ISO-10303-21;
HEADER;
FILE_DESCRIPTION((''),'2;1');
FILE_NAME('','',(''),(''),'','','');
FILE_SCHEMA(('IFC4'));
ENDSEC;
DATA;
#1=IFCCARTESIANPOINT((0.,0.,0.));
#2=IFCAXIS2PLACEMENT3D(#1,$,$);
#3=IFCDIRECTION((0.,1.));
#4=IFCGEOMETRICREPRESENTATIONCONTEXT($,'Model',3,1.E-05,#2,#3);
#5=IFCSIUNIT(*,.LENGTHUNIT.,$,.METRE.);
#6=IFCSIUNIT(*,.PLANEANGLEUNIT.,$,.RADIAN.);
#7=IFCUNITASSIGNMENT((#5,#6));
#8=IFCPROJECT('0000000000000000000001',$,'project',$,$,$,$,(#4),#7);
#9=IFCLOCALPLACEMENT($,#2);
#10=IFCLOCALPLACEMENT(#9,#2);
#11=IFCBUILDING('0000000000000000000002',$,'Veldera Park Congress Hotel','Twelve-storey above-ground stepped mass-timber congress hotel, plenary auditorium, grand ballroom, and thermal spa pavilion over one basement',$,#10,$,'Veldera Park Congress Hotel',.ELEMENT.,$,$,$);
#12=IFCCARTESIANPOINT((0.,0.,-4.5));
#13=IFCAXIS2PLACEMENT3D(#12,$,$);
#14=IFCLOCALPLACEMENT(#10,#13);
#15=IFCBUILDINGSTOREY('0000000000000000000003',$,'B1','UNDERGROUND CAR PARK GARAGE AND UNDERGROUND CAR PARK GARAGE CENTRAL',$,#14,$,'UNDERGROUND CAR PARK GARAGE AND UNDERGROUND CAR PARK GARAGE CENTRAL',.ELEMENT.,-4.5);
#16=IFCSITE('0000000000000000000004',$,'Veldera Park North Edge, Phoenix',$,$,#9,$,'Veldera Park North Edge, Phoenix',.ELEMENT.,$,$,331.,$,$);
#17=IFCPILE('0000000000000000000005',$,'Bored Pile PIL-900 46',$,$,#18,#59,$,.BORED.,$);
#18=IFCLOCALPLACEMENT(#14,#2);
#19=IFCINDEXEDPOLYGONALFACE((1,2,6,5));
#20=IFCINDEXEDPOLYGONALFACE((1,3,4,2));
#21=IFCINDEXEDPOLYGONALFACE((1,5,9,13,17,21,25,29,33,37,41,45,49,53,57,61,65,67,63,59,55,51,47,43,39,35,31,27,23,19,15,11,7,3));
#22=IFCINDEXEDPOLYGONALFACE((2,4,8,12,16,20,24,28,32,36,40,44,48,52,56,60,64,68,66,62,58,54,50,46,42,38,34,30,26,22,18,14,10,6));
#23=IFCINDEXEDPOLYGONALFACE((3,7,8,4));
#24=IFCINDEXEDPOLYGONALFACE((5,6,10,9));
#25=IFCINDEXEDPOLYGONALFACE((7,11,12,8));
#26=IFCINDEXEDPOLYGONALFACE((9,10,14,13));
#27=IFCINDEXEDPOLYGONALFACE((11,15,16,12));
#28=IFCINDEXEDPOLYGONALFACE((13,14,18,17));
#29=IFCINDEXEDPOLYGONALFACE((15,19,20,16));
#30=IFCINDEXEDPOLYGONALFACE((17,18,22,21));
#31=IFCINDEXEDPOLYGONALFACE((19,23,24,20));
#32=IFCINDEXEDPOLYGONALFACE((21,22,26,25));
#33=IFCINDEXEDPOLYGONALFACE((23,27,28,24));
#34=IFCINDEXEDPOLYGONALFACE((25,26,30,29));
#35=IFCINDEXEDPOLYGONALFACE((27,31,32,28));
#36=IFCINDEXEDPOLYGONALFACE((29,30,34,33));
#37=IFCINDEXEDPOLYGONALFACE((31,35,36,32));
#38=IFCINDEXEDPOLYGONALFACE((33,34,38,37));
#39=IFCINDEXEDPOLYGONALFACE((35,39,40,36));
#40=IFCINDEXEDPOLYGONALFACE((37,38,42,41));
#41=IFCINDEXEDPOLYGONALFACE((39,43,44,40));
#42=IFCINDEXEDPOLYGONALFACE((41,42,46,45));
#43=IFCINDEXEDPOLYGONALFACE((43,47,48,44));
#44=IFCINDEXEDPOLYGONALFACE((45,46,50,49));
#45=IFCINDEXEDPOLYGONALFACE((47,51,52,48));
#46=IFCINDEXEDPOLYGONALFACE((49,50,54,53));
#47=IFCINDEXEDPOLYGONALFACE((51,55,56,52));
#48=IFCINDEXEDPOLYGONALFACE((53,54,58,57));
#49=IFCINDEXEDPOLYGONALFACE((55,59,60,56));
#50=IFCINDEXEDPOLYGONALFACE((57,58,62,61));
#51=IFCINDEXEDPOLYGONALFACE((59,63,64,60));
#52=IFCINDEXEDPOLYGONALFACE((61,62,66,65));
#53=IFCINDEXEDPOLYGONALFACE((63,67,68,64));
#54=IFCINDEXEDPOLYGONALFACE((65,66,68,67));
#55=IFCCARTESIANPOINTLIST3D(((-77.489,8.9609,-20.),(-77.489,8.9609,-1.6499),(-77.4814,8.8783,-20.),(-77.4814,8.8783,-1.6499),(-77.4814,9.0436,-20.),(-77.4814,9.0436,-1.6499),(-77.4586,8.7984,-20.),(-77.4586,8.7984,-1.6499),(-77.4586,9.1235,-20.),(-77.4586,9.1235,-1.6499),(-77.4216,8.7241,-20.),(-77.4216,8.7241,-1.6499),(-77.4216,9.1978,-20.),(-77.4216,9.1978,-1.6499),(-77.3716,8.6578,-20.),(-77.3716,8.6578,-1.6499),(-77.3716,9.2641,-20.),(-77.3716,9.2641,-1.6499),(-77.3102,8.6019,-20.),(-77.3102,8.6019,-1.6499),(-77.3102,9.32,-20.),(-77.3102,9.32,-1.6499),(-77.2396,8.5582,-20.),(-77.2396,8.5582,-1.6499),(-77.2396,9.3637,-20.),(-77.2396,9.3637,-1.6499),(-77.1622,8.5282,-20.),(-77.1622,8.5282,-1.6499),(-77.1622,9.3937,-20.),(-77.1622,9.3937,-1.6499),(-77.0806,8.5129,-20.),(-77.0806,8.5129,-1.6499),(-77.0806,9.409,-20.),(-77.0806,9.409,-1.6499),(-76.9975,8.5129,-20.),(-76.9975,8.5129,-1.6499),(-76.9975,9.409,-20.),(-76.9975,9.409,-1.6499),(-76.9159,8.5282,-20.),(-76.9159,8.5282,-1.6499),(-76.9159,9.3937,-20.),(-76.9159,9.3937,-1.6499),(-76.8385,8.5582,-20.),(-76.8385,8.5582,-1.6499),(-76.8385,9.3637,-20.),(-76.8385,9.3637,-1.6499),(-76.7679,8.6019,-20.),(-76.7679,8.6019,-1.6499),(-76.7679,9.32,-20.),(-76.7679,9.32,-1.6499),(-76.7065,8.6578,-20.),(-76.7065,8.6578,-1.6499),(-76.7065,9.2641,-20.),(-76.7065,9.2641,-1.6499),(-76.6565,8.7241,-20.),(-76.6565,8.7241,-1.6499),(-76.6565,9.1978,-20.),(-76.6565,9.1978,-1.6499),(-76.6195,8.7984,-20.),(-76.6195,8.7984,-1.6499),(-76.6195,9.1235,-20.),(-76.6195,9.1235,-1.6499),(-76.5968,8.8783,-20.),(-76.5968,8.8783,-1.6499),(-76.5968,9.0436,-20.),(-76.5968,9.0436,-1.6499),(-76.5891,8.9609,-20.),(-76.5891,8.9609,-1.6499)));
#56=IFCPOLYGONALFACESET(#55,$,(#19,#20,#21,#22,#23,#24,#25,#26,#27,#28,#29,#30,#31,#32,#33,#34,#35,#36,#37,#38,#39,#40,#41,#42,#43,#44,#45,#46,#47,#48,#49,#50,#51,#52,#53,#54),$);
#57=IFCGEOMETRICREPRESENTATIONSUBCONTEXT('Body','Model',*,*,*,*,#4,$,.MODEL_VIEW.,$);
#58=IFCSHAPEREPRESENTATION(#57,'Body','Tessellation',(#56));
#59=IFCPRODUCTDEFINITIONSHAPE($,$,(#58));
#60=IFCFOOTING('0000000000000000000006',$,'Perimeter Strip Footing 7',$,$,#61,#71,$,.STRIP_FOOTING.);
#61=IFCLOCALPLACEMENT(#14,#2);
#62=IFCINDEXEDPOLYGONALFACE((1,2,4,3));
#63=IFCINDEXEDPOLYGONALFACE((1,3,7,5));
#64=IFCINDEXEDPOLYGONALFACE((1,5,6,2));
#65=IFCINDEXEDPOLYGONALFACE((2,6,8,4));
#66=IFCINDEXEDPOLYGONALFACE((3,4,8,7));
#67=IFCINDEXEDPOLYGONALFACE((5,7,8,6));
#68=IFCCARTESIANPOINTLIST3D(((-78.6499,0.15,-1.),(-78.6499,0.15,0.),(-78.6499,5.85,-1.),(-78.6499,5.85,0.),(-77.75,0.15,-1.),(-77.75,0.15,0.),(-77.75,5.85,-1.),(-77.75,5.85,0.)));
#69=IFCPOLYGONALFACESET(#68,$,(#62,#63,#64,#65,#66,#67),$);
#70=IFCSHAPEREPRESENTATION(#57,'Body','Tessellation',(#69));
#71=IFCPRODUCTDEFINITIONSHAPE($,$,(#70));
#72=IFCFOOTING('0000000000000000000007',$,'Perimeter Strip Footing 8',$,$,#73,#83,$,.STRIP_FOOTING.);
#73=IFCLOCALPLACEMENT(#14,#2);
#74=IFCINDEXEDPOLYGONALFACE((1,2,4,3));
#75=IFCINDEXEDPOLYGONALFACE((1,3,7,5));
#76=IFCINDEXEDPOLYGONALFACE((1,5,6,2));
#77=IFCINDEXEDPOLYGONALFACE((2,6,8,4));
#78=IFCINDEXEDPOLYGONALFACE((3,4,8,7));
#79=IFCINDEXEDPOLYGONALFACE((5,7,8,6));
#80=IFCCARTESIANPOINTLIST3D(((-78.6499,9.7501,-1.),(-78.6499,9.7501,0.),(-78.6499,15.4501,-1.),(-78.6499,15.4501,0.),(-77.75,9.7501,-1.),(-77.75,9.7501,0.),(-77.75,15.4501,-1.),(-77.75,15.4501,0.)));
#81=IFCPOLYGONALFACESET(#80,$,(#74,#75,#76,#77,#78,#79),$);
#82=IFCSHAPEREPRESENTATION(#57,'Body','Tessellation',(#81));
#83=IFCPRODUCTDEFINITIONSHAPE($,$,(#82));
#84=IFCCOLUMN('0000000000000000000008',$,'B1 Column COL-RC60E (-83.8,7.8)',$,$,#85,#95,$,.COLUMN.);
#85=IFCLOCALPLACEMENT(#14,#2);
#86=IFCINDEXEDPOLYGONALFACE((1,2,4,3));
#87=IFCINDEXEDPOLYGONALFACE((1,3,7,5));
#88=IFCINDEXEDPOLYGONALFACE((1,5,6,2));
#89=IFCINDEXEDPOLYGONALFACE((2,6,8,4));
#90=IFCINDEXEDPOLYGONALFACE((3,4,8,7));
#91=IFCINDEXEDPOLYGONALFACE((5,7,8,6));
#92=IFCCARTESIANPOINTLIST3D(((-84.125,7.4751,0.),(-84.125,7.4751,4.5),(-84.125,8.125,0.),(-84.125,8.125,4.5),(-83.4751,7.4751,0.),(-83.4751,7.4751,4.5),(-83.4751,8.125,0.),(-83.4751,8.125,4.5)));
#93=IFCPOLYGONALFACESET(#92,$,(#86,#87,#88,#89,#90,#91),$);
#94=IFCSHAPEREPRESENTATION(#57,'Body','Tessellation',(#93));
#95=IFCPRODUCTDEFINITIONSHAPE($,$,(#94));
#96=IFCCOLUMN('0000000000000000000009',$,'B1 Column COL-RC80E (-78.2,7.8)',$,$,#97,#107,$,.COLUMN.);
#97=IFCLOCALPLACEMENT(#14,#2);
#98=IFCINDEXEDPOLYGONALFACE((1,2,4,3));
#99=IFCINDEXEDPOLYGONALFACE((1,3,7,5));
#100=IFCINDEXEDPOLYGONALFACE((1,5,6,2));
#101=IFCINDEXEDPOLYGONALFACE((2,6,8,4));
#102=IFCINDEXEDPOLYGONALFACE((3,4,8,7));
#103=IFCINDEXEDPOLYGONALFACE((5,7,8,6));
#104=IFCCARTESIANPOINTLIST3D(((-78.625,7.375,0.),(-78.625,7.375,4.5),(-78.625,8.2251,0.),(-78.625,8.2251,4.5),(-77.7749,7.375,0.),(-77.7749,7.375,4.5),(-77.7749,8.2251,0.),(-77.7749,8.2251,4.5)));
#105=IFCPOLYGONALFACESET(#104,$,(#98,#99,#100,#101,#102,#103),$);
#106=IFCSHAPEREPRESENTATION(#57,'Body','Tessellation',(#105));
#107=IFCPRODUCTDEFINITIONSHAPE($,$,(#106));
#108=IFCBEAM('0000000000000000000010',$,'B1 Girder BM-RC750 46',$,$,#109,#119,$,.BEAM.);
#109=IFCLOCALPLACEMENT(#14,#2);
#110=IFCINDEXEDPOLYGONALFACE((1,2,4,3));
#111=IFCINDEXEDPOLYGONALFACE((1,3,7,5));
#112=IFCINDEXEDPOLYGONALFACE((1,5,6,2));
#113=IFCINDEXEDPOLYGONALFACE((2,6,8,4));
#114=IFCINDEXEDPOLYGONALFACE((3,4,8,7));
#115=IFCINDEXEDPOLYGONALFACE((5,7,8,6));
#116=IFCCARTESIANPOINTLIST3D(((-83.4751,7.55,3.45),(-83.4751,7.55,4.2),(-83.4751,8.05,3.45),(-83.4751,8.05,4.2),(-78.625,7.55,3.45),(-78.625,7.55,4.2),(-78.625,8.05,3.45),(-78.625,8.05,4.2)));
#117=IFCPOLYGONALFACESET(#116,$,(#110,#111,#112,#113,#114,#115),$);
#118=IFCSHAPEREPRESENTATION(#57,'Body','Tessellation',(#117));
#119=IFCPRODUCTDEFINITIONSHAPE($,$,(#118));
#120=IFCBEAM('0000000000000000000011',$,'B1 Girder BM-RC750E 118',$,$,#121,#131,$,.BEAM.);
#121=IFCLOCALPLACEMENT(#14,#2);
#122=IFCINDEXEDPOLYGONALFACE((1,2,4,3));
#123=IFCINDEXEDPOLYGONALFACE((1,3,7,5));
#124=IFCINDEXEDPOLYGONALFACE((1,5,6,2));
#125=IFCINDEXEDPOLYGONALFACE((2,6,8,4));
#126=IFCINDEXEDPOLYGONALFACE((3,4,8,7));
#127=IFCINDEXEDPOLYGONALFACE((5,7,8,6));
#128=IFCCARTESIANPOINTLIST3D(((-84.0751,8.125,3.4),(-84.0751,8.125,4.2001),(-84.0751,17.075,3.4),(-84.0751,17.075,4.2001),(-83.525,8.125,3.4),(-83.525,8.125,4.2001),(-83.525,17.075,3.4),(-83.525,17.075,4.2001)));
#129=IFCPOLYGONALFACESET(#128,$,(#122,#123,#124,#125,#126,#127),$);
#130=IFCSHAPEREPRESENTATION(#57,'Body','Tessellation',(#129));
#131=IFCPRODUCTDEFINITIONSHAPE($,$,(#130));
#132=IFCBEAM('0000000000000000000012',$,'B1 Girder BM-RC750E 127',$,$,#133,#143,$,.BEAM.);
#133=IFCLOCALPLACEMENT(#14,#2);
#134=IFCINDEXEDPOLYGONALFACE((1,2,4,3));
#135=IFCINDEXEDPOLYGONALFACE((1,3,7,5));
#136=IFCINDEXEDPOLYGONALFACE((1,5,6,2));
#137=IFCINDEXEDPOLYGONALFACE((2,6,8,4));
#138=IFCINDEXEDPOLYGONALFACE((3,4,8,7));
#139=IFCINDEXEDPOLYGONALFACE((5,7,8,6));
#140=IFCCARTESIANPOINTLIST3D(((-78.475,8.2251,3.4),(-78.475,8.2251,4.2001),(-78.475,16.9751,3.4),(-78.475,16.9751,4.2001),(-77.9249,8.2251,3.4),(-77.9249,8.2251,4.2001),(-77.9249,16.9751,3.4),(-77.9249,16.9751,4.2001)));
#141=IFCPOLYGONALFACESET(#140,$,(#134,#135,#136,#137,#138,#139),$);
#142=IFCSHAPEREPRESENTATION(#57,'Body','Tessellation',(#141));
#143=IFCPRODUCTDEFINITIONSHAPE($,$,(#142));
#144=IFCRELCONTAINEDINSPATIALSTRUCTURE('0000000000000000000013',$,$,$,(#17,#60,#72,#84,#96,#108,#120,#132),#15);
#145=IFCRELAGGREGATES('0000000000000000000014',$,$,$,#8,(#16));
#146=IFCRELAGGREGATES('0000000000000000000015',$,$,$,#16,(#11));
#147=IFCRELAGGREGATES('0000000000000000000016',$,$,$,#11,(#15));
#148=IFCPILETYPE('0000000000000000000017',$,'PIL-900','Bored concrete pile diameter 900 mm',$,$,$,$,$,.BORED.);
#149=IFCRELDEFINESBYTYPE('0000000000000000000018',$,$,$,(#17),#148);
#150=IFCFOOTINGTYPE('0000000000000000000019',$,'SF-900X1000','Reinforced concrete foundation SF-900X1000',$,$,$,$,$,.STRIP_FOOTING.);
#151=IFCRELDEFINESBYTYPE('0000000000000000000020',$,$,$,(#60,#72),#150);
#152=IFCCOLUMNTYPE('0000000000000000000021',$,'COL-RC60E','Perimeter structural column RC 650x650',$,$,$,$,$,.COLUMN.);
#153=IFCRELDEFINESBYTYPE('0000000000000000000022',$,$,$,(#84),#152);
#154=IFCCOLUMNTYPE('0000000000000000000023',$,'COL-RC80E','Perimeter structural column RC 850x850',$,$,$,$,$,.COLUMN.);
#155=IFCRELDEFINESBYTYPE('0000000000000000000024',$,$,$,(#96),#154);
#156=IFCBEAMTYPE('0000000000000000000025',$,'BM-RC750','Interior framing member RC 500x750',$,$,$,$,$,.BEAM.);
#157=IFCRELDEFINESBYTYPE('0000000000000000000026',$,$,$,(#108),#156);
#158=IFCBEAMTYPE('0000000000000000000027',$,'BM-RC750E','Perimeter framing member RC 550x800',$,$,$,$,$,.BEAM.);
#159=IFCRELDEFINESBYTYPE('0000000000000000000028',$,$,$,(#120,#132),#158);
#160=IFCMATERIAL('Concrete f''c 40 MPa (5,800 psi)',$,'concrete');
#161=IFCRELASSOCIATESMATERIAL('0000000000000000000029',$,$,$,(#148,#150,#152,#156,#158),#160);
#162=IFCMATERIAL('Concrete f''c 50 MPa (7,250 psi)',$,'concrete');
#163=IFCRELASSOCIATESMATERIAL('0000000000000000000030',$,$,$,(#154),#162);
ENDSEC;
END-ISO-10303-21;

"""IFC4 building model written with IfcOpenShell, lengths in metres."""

from ifc_helpers import new_model, si_unit, direction, frame, origin, origin_2d, place, context, subcontext, project, spatial, rectangle, circle, extrude, material, material_profile, profile_set, type_object, element, save


model = new_model("IFC4")

# Units and contexts
model_context = context("Model", 3, precision=1e-05, world=origin(), true_north=direction((0.0, 1.0)))
body_context = subcontext(model_context, "Body", "Model", "MODEL_VIEW")
ifc_project = project(units=[si_unit("LENGTHUNIT", "METRE"), si_unit("PLANEANGLEUNIT", "RADIAN")], contexts=[model_context])

# Site, building, storey
site_placement = place(None, origin())
site = spatial("IfcSite", under=ifc_project, at=site_placement, Name="Veldera Park North Edge, Phoenix", LongName="Veldera Park North Edge, Phoenix", CompositionType="ELEMENT", RefElevation=331.0)
building_placement = place(site_placement, origin())
building = spatial("IfcBuilding", under=site, at=building_placement, Name="Veldera Park Congress Hotel", Description="Twelve-storey above-ground stepped mass-timber congress hotel, plenary auditorium, grand ballroom, and thermal spa pavilion over one basement", LongName="Veldera Park Congress Hotel", CompositionType="ELEMENT")
storey_placement = place(building_placement, frame((0.0, 0.0, -4.5)))
storey = spatial("IfcBuildingStorey", under=building, at=storey_placement, Name="B1", Description="UNDERGROUND CAR PARK GARAGE AND UNDERGROUND CAR PARK GARAGE CENTRAL", LongName="UNDERGROUND CAR PARK GARAGE AND UNDERGROUND CAR PARK GARAGE CENTRAL", CompositionType="ELEMENT", Elevation=-4.5)

# Shared definitions
ifc_material_1 = material(Name="Concrete f'c 40 MPa (5,800 psi)", Category="concrete")

# Pile
ifc_material_profile_1 = material_profile(ifc_material_1, circle(Radius=0.45, at=origin_2d()), Name="PILE D900")
ifc_profile_set_1 = profile_set([ifc_material_profile_1], Name="Concrete f'c 40 MPa (5,800 psi)")
pile_type_1 = type_object("IfcPileType", Name="PIL-900", Description="Bored concrete pile diameter 900 mm", PredefinedType="BORED", material=ifc_profile_set_1)
for number, where, z_axis, x_axis, name in (
    (1, (-77.0391, 8.9609, -1.6499), (0.0, 0.0, -1.0), (1.0, 0.0, 0.0), "Bored Pile PIL-900 46"),
):
    element("IfcPile", number, at=place(storey_placement, frame(where, z_axis=z_axis, x_axis=x_axis)), inside=storey, type_object=pile_type_1, Name=name, PredefinedType="BORED", context=body_context, shape_type="SweptSolid", body=[
        extrude(circle(Radius=0.45, at=origin_2d()), origin(), (0.0, 0.0, 1.0), 18.3501),
    ])

# Footings
footing_type_1 = type_object("IfcFootingType", Name="SF-900X1000", Description="Reinforced concrete foundation SF-900X1000", PredefinedType="STRIP_FOOTING", material=ifc_material_1)
for number, where, z_axis, x_axis, name in (
    (2, (-78.2, 3.0, -1.0), (0.0, 0.0, 1.0), (0.0, 1.0, 0.0), "Perimeter Strip Footing 7"),
    (3, (-78.2, 12.6001, -1.0), (0.0, 0.0, 1.0), (0.0, 1.0, 0.0), "Perimeter Strip Footing 8"),
):
    element("IfcFooting", number, at=place(storey_placement, frame(where, z_axis=z_axis, x_axis=x_axis)), inside=storey, type_object=footing_type_1, Name=name, PredefinedType="STRIP_FOOTING", context=body_context, shape_type="SweptSolid", body=[
        extrude(rectangle(XDim=5.7, YDim=0.8999, at=origin_2d()), origin(), (0.0, 0.0, 1.0), 1.0),
    ])

# Columns
ifc_material_profile_2 = material_profile(ifc_material_1, rectangle(XDim=0.6499, YDim=0.6499, at=origin_2d()), Name="RC 650x650")
ifc_profile_set_2 = profile_set([ifc_material_profile_2], Name="Concrete f'c 40 MPa (5,800 psi)")
column_type_1 = type_object("IfcColumnType", Name="COL-RC60E", Description="Perimeter structural column RC 650x650", PredefinedType="COLUMN", material=ifc_profile_set_2)
column_1_placement = place(storey_placement, frame((-83.8, 7.8, 0.0), z_axis=(0.0, 0.0, 1.0), x_axis=(1.0, 0.0, 0.0)))
element("IfcColumn", 4, at=column_1_placement, inside=storey, type_object=column_type_1, Name="B1 Column COL-RC60E (-83.8,7.8)", PredefinedType="COLUMN", context=body_context, shape_type="SweptSolid", body=[
    extrude(rectangle(XDim=0.6499, YDim=0.6499, at=origin_2d()), origin(), (0.0, 0.0, 1.0), 4.5),
])
ifc_material_2 = material(Name="Concrete f'c 50 MPa (7,250 psi)", Category="concrete")
ifc_material_profile_3 = material_profile(ifc_material_2, rectangle(XDim=0.8501, YDim=0.8501, at=origin_2d()), Name="RC 850x850")
ifc_profile_set_3 = profile_set([ifc_material_profile_3], Name="Concrete f'c 50 MPa (7,250 psi)")
column_type_2 = type_object("IfcColumnType", Name="COL-RC80E", Description="Perimeter structural column RC 850x850", PredefinedType="COLUMN", material=ifc_profile_set_3)
column_2_placement = place(storey_placement, frame((-78.2, 7.8, 0.0), z_axis=(0.0, 0.0, 1.0), x_axis=(1.0, 0.0, 0.0)))
element("IfcColumn", 5, at=column_2_placement, inside=storey, type_object=column_type_2, Name="B1 Column COL-RC80E (-78.2,7.8)", PredefinedType="COLUMN", context=body_context, shape_type="SweptSolid", body=[
    extrude(rectangle(XDim=0.8501, YDim=0.8501, at=origin_2d()), origin(), (0.0, 0.0, 1.0), 4.5),
])

# Beams
ifc_material_profile_4 = material_profile(ifc_material_1, rectangle(XDim=0.5, YDim=0.75, at=origin_2d()), Name="RC 500x750")
ifc_profile_set_4 = profile_set([ifc_material_profile_4], Name="Concrete f'c 40 MPa (5,800 psi)")
beam_type_1 = type_object("IfcBeamType", Name="BM-RC750", Description="Interior framing member RC 500x750", PredefinedType="BEAM", material=ifc_profile_set_4)
beam_1_placement = place(storey_placement, frame((-83.4751, 7.8, 3.825), z_axis=(1.0, 0.0, 0.0), x_axis=(0.0, 1.0, 0.0)))
element("IfcBeam", 6, at=beam_1_placement, inside=storey, type_object=beam_type_1, Name="B1 Girder BM-RC750 46", PredefinedType="BEAM", context=body_context, shape_type="SweptSolid", body=[
    extrude(rectangle(XDim=0.5, YDim=0.75, at=origin_2d()), origin(), (0.0, 0.0, 1.0), 4.8501),
])
ifc_material_profile_5 = material_profile(ifc_material_1, rectangle(XDim=0.55, YDim=0.8, at=origin_2d()), Name="RC 550x800")
ifc_profile_set_5 = profile_set([ifc_material_profile_5], Name="Concrete f'c 40 MPa (5,800 psi)")
beam_type_2 = type_object("IfcBeamType", Name="BM-RC750E", Description="Perimeter framing member RC 550x800", PredefinedType="BEAM", material=ifc_profile_set_5)
beam_2_placement = place(storey_placement, frame((-83.8, 8.125, 3.8), z_axis=(0.0, 1.0, 0.0), x_axis=(-1.0, 0.0, 0.0)))
element("IfcBeam", 7, at=beam_2_placement, inside=storey, type_object=beam_type_2, Name="B1 Girder BM-RC750E 118", PredefinedType="BEAM", context=body_context, shape_type="SweptSolid", body=[
    extrude(rectangle(XDim=0.55, YDim=0.8, at=origin_2d()), origin(), (0.0, 0.0, 1.0), 8.95),
])
beam_3_placement = place(storey_placement, frame((-78.2, 8.2251, 3.8), z_axis=(0.0, 1.0, 0.0), x_axis=(-1.0, 0.0, 0.0)))
element("IfcBeam", 8, at=beam_3_placement, inside=storey, type_object=beam_type_2, Name="B1 Girder BM-RC750E 127", PredefinedType="BEAM", context=body_context, shape_type="SweptSolid", body=[
    extrude(rectangle(XDim=0.55, YDim=0.8, at=origin_2d()), origin(), (0.0, 0.0, 1.0), 8.75),
])

save(model, "model.ifc")
